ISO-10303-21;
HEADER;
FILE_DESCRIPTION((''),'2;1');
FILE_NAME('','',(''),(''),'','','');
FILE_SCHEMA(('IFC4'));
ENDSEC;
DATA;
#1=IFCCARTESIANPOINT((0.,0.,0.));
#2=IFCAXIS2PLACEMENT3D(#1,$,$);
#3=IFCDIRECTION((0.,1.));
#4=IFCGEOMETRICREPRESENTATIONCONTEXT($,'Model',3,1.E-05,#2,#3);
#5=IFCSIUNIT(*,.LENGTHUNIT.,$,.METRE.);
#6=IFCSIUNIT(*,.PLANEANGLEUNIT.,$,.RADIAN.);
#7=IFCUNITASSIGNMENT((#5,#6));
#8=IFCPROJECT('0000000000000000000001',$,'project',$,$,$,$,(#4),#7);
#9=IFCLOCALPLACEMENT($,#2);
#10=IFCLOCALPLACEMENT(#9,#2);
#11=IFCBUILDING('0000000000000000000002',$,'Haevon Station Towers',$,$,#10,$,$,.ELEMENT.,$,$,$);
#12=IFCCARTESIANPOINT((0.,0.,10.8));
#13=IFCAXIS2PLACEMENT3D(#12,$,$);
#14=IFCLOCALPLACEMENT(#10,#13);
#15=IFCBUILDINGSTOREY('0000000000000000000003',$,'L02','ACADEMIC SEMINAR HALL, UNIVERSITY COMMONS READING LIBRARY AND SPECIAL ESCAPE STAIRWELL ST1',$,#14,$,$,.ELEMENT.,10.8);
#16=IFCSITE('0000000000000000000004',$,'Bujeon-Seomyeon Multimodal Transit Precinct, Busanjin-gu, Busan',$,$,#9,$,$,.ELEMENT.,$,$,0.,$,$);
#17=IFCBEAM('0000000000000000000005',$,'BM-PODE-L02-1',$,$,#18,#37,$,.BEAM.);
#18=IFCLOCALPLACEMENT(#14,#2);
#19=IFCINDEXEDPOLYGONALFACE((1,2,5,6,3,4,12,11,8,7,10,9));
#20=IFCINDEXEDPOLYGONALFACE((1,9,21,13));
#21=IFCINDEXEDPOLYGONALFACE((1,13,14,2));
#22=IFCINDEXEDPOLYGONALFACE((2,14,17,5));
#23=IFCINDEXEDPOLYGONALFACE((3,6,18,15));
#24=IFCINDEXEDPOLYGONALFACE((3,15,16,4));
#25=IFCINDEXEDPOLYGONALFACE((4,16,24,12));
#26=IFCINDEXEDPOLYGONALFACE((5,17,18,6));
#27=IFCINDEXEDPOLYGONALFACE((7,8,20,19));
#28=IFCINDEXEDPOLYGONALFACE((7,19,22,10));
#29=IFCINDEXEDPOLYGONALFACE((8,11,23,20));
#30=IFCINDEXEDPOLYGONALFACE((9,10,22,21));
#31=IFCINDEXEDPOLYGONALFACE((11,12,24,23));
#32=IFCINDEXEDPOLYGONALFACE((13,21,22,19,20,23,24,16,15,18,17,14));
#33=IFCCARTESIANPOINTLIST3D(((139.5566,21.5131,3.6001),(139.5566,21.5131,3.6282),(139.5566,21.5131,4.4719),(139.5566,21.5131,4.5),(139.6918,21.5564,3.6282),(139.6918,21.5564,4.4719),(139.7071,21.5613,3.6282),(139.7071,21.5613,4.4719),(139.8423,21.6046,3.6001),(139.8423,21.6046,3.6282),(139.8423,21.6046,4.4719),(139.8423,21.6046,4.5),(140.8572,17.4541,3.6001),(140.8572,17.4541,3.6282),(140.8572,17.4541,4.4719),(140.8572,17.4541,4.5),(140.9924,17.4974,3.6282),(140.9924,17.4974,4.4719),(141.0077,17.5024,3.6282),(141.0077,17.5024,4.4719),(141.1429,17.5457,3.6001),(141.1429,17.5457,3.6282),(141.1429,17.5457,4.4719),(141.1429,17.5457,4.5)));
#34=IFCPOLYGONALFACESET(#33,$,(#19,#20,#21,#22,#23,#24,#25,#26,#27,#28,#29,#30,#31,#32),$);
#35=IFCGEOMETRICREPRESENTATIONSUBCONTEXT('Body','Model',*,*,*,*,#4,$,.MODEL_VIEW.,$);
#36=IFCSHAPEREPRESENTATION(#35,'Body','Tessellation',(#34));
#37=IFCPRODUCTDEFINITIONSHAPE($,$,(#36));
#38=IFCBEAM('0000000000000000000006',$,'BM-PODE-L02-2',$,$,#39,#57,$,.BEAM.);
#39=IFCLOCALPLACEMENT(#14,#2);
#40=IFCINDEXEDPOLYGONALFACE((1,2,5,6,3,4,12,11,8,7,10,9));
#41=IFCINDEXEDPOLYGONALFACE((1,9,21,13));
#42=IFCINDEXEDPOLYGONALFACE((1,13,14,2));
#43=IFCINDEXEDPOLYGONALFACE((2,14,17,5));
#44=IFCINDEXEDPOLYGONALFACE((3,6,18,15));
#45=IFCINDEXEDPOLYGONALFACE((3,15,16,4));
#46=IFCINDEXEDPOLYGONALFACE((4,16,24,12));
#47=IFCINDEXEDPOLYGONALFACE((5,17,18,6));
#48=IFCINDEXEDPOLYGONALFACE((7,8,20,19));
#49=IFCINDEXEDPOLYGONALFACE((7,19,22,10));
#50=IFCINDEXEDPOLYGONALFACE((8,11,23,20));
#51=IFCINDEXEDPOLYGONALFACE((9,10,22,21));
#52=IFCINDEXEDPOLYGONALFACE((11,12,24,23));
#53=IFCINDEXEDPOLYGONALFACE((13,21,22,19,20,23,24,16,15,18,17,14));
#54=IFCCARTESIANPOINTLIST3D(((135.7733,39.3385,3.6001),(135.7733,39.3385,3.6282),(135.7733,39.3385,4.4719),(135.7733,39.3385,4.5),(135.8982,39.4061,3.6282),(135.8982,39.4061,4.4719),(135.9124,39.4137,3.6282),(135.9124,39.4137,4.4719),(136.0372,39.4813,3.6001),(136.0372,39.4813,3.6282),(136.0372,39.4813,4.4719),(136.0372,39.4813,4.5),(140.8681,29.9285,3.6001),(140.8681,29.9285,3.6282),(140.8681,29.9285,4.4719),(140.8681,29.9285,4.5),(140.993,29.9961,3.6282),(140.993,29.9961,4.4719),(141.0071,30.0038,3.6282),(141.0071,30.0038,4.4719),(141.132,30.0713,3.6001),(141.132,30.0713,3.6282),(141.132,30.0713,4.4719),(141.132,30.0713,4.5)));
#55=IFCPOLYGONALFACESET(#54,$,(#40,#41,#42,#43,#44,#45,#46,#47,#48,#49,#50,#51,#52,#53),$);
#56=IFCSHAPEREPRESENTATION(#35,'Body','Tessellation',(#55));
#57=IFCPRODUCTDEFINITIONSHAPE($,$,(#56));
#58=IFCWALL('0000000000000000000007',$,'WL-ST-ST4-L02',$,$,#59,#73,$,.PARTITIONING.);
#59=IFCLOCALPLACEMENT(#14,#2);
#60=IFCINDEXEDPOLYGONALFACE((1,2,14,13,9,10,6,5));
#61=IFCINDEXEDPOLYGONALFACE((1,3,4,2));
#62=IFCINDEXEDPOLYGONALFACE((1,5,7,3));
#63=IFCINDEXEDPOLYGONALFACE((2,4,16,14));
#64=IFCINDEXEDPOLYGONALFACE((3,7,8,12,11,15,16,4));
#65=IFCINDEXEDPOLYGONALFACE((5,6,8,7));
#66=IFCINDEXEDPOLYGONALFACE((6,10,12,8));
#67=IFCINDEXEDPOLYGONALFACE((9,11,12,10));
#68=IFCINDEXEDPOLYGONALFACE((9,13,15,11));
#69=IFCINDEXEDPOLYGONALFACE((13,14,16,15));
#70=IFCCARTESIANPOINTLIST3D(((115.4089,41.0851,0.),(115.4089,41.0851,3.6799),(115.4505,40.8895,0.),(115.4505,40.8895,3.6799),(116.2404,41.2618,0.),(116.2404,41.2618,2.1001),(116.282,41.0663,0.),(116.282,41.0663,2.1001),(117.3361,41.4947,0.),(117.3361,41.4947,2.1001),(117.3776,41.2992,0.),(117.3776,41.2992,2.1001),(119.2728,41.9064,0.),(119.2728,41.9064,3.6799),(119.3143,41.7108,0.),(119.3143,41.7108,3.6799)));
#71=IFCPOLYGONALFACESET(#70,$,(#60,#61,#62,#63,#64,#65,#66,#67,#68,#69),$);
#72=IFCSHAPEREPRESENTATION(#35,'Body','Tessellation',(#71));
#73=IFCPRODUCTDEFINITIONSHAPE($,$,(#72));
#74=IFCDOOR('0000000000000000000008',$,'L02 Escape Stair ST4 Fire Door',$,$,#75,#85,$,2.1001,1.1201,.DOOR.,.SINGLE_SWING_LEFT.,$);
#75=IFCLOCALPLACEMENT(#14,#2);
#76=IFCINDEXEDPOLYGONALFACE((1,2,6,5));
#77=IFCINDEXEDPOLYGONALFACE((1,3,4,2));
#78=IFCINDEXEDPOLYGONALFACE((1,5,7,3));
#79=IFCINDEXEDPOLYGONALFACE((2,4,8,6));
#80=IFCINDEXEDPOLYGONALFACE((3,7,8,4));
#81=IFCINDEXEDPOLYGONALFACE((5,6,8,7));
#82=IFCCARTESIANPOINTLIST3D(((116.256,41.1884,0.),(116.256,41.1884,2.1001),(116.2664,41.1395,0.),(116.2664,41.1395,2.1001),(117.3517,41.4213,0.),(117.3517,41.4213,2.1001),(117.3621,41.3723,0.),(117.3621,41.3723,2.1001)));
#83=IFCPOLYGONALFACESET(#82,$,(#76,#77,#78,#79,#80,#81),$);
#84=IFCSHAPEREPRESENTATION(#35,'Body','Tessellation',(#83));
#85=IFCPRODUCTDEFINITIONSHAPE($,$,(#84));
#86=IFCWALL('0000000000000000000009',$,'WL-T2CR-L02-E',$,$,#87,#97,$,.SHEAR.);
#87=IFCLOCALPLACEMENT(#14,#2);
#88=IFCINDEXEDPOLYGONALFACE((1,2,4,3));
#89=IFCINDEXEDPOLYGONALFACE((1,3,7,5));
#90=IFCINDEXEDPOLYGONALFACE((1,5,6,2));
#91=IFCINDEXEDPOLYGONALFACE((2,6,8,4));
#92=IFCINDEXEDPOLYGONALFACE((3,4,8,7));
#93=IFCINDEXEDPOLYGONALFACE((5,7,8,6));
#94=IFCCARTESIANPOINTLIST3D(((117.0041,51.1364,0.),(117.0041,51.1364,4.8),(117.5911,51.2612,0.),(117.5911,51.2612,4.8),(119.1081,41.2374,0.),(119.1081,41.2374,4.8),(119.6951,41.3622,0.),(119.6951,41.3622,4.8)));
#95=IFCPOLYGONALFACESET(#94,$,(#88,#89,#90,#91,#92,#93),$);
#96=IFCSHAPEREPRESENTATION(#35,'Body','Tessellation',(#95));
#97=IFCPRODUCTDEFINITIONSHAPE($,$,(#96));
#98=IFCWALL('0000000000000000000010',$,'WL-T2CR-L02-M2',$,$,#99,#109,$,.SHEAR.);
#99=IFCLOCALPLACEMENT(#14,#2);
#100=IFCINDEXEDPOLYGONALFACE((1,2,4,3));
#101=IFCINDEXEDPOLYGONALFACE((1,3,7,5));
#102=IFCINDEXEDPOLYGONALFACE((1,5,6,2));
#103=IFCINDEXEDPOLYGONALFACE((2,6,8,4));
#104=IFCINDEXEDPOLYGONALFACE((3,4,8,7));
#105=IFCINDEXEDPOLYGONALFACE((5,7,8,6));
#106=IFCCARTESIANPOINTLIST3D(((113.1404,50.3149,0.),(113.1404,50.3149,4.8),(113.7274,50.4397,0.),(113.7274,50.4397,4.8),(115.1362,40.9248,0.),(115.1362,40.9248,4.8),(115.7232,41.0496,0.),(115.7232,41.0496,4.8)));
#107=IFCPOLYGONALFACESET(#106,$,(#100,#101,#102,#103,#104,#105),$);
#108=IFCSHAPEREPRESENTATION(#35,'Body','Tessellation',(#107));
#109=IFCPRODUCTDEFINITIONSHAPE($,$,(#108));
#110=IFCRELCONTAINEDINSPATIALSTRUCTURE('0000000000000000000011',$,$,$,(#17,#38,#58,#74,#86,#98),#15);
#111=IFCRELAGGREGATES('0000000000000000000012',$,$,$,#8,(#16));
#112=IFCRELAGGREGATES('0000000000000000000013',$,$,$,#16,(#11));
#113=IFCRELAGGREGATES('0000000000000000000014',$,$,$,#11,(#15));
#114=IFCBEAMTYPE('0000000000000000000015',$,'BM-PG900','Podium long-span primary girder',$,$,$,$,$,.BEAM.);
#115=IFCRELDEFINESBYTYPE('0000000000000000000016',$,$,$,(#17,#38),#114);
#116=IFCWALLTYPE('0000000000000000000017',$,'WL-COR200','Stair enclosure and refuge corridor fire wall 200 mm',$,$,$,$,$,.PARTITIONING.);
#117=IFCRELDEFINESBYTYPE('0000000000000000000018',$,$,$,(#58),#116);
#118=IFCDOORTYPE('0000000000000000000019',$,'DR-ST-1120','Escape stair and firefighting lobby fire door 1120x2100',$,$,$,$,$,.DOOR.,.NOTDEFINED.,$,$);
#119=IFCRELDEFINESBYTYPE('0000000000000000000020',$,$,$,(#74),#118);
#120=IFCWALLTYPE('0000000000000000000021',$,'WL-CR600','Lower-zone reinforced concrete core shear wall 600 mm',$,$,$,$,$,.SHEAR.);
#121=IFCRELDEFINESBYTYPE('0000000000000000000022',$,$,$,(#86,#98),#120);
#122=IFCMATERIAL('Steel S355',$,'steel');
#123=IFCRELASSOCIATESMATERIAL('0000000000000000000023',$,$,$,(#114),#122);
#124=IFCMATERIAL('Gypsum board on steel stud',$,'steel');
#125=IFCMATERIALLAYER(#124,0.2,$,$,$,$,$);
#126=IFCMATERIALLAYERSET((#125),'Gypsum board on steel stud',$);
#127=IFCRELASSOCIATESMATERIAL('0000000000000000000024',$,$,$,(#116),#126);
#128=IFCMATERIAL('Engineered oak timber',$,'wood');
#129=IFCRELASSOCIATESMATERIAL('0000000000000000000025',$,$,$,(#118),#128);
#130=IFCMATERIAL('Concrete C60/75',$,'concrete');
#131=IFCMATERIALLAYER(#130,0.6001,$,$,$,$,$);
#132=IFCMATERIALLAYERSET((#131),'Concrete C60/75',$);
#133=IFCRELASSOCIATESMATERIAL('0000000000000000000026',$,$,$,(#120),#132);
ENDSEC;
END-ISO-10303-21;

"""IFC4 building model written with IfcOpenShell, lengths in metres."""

from ifc_helpers import new_model, si_unit, direction, frame, frame_2d, origin, origin_2d, place, context, subcontext, project, spatial, rectangle, i_section, extrude, material, layer, layer_set, material_profile, profile_set, type_object, element, fill, save


model = new_model("IFC4")

# Units and contexts
model_context = context("Model", 3, precision=1e-05, world=origin(), true_north=direction((0.0, 1.0)))
body_context = subcontext(model_context, "Body", "Model", "MODEL_VIEW")
ifc_project = project(units=[si_unit("LENGTHUNIT", "METRE"), si_unit("PLANEANGLEUNIT", "RADIAN")], contexts=[model_context])

# Site, building, storey
site_placement = place(None, origin())
site = spatial("IfcSite", under=ifc_project, at=site_placement, Name="Bujeon-Seomyeon Multimodal Transit Precinct, Busanjin-gu, Busan", CompositionType="ELEMENT", RefElevation=0.0)
building_placement = place(site_placement, origin())
building = spatial("IfcBuilding", under=site, at=building_placement, Name="Haevon Station Towers", CompositionType="ELEMENT")
storey_placement = place(building_placement, frame((0.0, 0.0, 10.8)))
storey = spatial("IfcBuildingStorey", under=building, at=storey_placement, Name="L02", Description="ACADEMIC SEMINAR HALL, UNIVERSITY COMMONS READING LIBRARY AND SPECIAL ESCAPE STAIRWELL ST1", CompositionType="ELEMENT", Elevation=10.8)

# Beams
ifc_material_1 = material(Name="Steel S355", Category="steel")
ifc_material_profile_1 = material_profile(ifc_material_1, i_section(OverallWidth=0.3, OverallDepth=0.8999, WebThickness=0.0161, FlangeThickness=0.0281, at=origin_2d()), Name="H-900x300x16x28")
ifc_profile_set_1 = profile_set([ifc_material_profile_1], Name="Steel S355")
beam_type_1 = type_object("IfcBeamType", Name="BM-PG900", Description="Podium long-span primary girder", PredefinedType="BEAM", material=ifc_profile_set_1)
beam_1_placement = place(storey_placement, frame((139.6995, 21.5588, 4.05), z_axis=(0.305139, -0.952308, 0.0), x_axis=(0.952308, 0.305139, 0.0)))
element("IfcBeam", 1, at=beam_1_placement, inside=storey, type_object=beam_type_1, Name="BM-PODE-L02-1", PredefinedType="BEAM", context=body_context, shape_type="SweptSolid", body=[
    extrude(i_section(OverallWidth=0.3, OverallDepth=0.8999, WebThickness=0.0161, FlangeThickness=0.0281, at=origin_2d()), origin(), (0.0, 0.0, 1.0), 4.2622),
])
beam_2_placement = place(storey_placement, frame((135.9053, 39.4099, 4.05), z_axis=(0.476116, -0.879382, 0.0), x_axis=(0.879382, 0.476116, 0.0)))
element("IfcBeam", 2, at=beam_2_placement, inside=storey, type_object=beam_type_1, Name="BM-PODE-L02-2", PredefinedType="BEAM", context=body_context, shape_type="SweptSolid", body=[
    extrude(i_section(OverallWidth=0.3, OverallDepth=0.8999, WebThickness=0.0161, FlangeThickness=0.0281, at=origin_2d()), origin(), (0.0, 0.0, 1.0), 10.7007),
])

# Wall, opening, door
ifc_material_2 = material(Name="Gypsum board on steel stud", Category="steel")
ifc_layer_1 = layer(ifc_material_2, 0.2)
ifc_layer_set_1 = layer_set([ifc_layer_1], Name="Gypsum board on steel stud")
wall_type_1 = type_object("IfcWallType", Name="WL-COR200", Description="Stair enclosure and refuge corridor fire wall 200 mm", PredefinedType="PARTITIONING", material=ifc_layer_set_1)
wall_1_placement = place(storey_placement, frame((115.4297, 40.9873, 0.0), z_axis=(0.0, 0.0, 1.0), x_axis=(0.978147, 0.207916, 0.0)))
wall_1 = element("IfcWall", 3, at=wall_1_placement, inside=storey, type_object=wall_type_1, Name="WL-ST-ST4-L02", PredefinedType="PARTITIONING", context=body_context, shape_type="SweptSolid", body=[
    extrude(rectangle(XDim=3.9502, YDim=0.2, at=frame_2d((1.9751, 0.0))), origin(), (0.0, 0.0, 1.0), 3.6799),
])
opening_1_placement = place(wall_1_placement, frame((0.8501, 0.0, 0.0)))
opening_1 = element("IfcOpeningElement", 4, at=opening_1_placement, cuts=wall_1, PredefinedType="OPENING", context=body_context, shape_type="SweptSolid", body=[
    extrude(rectangle(XDim=1.1201, YDim=2.1001, at=frame_2d((0.5601, 1.05))), frame((0.0, 0.1099, 0.0), z_axis=(0.0, -1.0, 0.0), x_axis=(1.0, 0.0, 0.0)), (0.0, 0.0, 1.0), 0.22),
])
ifc_material_3 = material(Name="Engineered oak timber", Category="wood")
door_type = type_object("IfcDoorType", Name="DR-ST-1120", Description="Escape stair and firefighting lobby fire door 1120x2100", OperationType="NOTDEFINED", PredefinedType="DOOR", material=ifc_material_3)
door_placement = place(opening_1_placement, origin())
door = element("IfcDoor", 5, at=door_placement, inside=storey, type_object=door_type, Name="L02 Escape Stair ST4 Fire Door", OperationType="SINGLE_SWING_LEFT", OverallHeight=2.1001, OverallWidth=1.1201, PredefinedType="DOOR", context=body_context, shape_type="SweptSolid", body=[
    extrude(rectangle(XDim=1.1201, YDim=2.1001, at=frame_2d((0.5601, 1.05))), frame((0.0, 0.0249, 0.0), z_axis=(0.0, -1.0, 0.0), x_axis=(1.0, 0.0, 0.0)), (0.0, 0.0, 1.0), 0.05),
])
fill(opening_1, door)

# Walls
ifc_material_4 = material(Name="Concrete C60/75", Category="concrete")
ifc_layer_2 = layer(ifc_material_4, 0.6001)
ifc_layer_set_2 = layer_set([ifc_layer_2], Name="Concrete C60/75")
wall_type_2 = type_object("IfcWallType", Name="WL-CR600", Description="Lower-zone reinforced concrete core shear wall 600 mm", PredefinedType="SHEAR", material=ifc_layer_set_2)
wall_2_placement = place(storey_placement, frame((119.4016, 41.2998, 0.0), z_axis=(0.0, 0.0, 1.0), x_axis=(-0.207904, 0.978149, 0.0)))
element("IfcWall", 6, at=wall_2_placement, inside=storey, type_object=wall_type_2, Name="WL-T2CR-L02-E", PredefinedType="SHEAR", context=body_context, shape_type="SweptSolid", body=[
    extrude(rectangle(XDim=10.1201, YDim=0.6001, at=frame_2d((5.0601, 0.0))), origin(), (0.0, 0.0, 1.0), 4.8),
])
wall_3_placement = place(storey_placement, frame((115.4297, 40.9873, 0.0), z_axis=(0.0, 0.0, 1.0), x_axis=(-0.207903, 0.978149, 0.0)))
element("IfcWall", 7, at=wall_3_placement, inside=storey, type_object=wall_type_2, Name="WL-T2CR-L02-M2", PredefinedType="SHEAR", context=body_context, shape_type="SweptSolid", body=[
    extrude(rectangle(XDim=9.5999, YDim=0.6001, at=frame_2d((4.7998, 0.0))), origin(), (0.0, 0.0, 1.0), 4.8),
])

save(model, "model.ifc")
